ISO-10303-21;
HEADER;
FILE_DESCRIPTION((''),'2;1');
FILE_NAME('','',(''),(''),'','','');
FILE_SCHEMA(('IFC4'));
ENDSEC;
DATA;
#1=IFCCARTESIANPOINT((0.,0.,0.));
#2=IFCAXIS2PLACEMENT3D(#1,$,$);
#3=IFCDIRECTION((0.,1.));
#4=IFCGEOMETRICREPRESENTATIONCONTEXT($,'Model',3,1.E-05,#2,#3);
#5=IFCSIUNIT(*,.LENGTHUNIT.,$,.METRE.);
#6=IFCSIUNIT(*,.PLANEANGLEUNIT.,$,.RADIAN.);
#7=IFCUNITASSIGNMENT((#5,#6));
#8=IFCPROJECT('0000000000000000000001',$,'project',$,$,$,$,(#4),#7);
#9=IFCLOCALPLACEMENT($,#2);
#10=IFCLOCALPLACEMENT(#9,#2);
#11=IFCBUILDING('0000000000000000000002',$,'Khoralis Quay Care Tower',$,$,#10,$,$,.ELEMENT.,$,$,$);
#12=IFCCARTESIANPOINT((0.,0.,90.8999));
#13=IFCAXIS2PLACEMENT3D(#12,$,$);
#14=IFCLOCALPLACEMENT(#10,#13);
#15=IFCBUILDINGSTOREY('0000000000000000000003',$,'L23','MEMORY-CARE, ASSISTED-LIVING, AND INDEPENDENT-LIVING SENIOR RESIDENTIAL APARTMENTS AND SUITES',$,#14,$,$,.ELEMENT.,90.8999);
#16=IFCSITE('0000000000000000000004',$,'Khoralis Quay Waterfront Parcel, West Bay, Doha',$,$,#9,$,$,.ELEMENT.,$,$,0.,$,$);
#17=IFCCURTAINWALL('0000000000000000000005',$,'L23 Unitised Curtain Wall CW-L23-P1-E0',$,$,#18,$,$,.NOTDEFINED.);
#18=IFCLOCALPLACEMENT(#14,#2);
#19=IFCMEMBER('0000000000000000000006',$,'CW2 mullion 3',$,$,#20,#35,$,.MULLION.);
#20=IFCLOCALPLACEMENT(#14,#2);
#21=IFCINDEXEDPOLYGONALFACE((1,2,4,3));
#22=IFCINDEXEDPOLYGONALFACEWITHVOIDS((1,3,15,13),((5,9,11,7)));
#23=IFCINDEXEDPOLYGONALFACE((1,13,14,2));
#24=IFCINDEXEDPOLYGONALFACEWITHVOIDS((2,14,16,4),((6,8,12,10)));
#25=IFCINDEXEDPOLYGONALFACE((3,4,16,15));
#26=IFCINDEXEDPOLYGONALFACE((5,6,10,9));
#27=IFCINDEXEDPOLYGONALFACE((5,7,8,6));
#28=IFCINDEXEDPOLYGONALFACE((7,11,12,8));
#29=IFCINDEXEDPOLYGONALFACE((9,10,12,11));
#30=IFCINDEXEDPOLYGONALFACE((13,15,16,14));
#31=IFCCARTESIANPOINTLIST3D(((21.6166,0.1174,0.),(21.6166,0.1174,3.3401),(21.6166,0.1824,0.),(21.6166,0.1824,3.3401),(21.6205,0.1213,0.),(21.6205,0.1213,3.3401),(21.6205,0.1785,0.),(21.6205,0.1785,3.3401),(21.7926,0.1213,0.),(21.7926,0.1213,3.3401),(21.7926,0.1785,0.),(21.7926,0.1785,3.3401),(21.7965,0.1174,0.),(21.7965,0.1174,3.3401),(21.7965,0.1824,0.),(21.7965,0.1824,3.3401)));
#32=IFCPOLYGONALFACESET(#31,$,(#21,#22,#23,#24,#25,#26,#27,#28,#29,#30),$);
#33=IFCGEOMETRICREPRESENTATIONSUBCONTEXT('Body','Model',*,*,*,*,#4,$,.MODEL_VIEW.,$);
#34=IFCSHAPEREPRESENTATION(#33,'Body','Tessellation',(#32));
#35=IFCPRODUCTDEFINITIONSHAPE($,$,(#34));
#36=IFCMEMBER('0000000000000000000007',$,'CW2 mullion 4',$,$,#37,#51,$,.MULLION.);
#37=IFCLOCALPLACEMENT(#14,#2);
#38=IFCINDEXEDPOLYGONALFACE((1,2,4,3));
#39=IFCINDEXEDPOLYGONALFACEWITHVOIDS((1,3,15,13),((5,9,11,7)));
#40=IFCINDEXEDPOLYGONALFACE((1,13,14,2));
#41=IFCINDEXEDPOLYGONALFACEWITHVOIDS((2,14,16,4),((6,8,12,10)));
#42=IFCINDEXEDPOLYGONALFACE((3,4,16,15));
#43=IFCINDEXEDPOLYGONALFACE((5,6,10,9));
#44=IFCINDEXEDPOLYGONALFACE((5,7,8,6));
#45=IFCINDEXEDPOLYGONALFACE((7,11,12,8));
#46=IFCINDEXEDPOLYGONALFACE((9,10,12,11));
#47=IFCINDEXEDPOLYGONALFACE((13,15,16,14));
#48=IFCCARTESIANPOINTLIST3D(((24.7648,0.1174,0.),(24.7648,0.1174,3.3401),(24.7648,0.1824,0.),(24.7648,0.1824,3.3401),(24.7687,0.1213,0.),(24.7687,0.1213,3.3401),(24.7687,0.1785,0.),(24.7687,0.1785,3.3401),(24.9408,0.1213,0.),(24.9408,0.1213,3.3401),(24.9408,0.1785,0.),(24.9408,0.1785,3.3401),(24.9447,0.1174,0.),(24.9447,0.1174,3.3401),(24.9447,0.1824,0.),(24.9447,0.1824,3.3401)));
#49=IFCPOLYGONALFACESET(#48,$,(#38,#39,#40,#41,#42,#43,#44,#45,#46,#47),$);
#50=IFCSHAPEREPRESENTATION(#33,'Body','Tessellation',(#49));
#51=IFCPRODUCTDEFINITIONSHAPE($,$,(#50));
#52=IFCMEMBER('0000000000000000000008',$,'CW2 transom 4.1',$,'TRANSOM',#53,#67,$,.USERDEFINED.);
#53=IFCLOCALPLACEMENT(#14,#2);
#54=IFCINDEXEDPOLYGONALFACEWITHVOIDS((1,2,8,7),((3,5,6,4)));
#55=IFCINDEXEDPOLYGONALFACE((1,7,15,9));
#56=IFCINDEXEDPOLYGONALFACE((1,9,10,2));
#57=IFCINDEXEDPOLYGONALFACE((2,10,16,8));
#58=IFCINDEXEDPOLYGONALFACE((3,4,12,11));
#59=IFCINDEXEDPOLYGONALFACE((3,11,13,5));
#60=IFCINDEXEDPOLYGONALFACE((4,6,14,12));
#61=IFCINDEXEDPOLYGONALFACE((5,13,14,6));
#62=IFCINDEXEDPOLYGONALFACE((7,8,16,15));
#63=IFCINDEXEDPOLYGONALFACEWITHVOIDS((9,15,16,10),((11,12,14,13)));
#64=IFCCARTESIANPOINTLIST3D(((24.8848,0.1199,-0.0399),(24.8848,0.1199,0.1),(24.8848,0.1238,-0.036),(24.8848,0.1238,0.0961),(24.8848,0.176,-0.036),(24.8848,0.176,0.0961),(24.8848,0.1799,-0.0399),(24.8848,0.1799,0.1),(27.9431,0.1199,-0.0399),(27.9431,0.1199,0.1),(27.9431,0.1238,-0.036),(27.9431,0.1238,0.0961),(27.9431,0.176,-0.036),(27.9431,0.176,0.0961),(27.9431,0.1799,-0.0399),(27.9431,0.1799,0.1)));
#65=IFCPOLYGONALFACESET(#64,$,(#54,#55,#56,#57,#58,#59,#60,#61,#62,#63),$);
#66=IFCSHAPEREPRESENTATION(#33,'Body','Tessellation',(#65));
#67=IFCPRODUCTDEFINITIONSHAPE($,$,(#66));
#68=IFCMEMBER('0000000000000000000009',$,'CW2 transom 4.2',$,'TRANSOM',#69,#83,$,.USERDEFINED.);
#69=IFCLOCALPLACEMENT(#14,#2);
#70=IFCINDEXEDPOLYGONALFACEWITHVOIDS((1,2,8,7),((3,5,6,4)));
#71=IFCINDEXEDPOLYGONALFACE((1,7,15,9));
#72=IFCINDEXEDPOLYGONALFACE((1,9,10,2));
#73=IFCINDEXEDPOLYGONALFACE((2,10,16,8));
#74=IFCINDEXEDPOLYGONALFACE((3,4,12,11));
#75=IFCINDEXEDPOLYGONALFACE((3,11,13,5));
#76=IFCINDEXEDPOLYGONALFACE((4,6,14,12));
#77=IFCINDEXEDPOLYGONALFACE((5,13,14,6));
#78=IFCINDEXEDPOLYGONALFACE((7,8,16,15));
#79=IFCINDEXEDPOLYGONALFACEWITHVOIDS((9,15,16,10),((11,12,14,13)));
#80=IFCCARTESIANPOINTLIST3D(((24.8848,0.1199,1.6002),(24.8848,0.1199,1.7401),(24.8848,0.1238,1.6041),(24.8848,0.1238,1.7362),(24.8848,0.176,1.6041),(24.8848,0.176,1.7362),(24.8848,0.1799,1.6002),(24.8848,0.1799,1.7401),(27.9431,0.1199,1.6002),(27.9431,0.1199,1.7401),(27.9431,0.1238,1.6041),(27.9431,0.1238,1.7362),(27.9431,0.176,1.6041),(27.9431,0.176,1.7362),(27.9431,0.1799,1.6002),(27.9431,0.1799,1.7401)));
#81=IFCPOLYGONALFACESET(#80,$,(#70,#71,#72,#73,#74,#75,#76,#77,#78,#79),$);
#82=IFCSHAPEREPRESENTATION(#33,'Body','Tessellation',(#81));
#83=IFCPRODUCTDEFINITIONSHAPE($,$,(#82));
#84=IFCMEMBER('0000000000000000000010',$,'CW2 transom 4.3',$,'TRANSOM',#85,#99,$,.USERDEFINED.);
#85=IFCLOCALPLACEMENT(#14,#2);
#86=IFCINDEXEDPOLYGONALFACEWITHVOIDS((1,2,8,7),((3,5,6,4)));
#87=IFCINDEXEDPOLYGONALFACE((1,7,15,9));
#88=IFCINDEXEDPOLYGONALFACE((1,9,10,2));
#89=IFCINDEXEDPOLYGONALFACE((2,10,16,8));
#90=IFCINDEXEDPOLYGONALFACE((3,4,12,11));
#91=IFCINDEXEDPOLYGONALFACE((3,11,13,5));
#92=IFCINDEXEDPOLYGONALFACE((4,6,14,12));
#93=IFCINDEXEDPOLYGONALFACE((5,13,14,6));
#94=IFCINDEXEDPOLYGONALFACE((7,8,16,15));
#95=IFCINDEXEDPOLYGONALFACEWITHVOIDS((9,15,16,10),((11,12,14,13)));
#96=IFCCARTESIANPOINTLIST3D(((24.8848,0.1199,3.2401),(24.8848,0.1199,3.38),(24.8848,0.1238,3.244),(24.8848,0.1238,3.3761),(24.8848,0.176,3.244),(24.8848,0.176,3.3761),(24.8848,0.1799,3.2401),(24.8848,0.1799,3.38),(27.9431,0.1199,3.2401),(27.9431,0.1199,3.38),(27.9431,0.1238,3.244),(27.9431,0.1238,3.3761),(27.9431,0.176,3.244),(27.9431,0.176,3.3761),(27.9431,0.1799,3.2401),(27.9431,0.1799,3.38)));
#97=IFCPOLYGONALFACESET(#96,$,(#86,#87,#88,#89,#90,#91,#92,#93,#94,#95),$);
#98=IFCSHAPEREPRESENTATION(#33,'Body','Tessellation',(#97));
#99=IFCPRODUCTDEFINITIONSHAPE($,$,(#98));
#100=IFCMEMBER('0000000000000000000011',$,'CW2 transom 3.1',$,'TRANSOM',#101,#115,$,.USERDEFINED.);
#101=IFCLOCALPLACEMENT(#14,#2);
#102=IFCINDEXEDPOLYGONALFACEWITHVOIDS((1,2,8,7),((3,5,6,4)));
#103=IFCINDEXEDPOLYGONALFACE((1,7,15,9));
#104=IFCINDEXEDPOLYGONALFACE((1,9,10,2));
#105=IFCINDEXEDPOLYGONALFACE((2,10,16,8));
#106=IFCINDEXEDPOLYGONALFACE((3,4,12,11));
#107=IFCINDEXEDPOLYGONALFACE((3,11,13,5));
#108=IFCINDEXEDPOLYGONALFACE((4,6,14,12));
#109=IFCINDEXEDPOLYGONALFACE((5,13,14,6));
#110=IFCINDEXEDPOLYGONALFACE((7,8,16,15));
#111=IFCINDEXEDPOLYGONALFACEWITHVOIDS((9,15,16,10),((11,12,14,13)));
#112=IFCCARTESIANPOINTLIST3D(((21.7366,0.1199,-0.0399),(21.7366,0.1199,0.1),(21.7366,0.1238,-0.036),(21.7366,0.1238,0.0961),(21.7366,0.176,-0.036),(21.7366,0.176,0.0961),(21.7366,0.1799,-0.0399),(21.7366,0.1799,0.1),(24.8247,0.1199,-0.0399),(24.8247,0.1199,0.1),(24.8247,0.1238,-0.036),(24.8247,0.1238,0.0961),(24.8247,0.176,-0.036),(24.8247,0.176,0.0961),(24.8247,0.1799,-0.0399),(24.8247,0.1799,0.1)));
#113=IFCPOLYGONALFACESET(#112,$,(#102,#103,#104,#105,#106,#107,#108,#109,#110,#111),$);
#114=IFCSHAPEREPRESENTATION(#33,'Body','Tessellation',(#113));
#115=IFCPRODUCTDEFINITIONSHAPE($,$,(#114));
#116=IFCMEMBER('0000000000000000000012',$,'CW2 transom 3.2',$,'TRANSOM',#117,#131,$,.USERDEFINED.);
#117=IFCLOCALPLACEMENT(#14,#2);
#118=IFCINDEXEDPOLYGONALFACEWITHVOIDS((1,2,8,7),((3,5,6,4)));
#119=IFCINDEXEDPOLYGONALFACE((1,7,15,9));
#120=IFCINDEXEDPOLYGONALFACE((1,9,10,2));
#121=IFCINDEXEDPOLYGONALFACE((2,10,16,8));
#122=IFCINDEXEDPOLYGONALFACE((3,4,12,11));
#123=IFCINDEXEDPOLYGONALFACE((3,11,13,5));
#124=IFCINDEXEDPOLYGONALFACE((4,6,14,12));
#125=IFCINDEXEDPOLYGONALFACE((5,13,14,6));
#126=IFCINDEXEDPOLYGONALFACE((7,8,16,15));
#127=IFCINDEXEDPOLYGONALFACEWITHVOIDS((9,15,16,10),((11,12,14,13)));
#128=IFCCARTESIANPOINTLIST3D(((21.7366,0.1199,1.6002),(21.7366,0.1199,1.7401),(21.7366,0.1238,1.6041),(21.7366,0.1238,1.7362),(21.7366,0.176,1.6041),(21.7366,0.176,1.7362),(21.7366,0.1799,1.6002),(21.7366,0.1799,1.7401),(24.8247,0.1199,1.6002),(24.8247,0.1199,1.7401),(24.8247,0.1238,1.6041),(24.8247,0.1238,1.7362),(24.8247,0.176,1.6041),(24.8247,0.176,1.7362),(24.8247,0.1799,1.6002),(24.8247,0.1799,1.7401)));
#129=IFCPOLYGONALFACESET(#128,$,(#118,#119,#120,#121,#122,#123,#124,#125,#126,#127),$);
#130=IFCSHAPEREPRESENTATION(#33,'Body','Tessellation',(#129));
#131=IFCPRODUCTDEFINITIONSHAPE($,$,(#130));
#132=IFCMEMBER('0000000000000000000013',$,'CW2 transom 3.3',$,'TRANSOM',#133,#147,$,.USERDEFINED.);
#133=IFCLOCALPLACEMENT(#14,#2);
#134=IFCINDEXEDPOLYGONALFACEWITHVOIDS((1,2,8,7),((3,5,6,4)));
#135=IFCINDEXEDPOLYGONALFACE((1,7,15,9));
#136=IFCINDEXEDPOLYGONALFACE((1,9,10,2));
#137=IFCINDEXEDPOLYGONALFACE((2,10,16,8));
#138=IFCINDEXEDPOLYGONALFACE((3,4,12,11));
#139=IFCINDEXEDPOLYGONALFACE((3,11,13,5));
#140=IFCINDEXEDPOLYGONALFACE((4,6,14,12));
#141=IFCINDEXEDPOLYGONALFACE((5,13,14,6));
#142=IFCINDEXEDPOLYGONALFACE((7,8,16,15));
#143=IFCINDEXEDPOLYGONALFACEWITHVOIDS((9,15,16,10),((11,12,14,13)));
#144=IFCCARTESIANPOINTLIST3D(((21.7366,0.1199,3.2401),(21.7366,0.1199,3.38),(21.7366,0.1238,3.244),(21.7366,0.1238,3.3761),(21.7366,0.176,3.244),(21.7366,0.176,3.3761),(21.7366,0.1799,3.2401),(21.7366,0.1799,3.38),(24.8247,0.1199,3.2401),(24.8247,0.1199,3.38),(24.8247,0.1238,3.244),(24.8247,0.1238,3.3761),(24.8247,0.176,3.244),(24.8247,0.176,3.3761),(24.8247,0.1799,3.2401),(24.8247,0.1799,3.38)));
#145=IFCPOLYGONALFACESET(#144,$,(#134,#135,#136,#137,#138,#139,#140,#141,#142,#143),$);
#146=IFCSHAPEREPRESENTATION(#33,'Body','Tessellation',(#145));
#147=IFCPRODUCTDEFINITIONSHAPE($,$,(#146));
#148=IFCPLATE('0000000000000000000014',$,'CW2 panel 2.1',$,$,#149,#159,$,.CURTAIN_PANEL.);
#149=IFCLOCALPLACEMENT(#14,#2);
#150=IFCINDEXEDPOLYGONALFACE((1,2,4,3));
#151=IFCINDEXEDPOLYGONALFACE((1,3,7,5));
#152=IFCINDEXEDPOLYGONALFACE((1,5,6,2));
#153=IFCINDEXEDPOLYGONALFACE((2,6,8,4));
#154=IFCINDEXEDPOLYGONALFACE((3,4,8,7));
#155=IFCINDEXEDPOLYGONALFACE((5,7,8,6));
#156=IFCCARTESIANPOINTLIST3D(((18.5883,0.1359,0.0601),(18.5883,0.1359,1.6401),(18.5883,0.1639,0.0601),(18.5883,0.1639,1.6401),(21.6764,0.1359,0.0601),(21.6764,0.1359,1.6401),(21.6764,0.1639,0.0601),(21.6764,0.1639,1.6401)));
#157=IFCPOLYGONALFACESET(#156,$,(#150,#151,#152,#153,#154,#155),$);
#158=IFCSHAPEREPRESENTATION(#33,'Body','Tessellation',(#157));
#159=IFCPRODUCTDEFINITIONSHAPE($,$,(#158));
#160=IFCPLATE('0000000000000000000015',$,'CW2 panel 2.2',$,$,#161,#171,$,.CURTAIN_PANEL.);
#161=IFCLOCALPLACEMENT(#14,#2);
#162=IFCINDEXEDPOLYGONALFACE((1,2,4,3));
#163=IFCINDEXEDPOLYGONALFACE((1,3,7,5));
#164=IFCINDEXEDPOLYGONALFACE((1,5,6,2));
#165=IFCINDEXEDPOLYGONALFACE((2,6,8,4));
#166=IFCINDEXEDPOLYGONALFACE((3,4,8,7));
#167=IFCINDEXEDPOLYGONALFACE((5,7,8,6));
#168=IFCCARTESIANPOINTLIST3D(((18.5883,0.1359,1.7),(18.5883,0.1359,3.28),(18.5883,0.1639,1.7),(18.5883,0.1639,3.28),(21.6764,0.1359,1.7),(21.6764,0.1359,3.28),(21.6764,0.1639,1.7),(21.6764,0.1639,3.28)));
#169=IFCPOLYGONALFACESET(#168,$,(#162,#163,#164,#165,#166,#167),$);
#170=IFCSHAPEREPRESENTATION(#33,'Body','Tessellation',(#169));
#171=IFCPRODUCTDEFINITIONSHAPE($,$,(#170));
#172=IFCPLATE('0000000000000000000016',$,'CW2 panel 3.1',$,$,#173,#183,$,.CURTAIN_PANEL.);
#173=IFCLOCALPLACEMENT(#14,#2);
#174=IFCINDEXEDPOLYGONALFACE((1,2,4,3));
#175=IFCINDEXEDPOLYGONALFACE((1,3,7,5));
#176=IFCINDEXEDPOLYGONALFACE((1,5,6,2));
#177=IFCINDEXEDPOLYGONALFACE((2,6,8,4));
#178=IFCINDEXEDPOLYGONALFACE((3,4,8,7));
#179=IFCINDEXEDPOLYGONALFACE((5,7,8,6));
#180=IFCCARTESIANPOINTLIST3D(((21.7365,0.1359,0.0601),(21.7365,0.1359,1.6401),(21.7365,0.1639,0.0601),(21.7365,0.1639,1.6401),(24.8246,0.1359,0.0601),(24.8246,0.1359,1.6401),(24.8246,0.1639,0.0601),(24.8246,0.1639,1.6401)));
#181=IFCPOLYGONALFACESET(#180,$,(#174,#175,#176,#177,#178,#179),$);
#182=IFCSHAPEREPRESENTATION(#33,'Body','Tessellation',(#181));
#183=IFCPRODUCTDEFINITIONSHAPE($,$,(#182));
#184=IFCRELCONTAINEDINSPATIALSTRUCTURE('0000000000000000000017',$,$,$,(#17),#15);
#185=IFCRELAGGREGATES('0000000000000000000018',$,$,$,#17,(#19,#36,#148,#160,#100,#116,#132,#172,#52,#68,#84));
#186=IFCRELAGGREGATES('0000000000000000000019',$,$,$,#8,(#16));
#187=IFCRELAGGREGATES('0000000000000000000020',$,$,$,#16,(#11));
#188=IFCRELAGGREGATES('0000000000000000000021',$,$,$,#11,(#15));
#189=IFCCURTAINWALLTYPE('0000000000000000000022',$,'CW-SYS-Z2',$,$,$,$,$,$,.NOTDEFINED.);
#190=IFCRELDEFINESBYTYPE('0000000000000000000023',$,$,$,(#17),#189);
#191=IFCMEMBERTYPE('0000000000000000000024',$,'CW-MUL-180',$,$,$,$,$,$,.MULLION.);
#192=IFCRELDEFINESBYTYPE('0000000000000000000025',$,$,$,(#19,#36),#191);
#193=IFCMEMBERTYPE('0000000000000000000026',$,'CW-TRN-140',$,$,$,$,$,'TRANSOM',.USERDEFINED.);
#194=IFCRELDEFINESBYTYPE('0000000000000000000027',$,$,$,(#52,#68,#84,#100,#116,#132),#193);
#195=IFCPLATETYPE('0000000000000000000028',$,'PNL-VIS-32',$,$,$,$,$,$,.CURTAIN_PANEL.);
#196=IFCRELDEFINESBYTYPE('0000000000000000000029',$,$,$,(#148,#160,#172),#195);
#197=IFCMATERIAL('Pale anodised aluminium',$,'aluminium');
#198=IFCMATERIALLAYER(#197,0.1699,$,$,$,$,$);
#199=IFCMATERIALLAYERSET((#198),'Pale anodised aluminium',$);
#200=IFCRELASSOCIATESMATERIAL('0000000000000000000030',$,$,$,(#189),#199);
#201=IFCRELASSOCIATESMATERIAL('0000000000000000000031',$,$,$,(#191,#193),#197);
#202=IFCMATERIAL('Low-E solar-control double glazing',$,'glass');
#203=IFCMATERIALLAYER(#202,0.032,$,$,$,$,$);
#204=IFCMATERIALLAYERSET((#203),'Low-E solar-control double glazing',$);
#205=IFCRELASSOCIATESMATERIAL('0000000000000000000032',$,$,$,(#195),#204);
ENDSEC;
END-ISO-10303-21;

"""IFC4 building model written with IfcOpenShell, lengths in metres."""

from ifc_helpers import new_model, si_unit, direction, frame, origin, origin_2d, place, context, subcontext, project, spatial, rectangle, hollow_rectangle, extrude, source, transform, mapped, material, layer, layer_set, material_profile, profile_set, type_object, element, aggregate, save


model = new_model("IFC4")

# Units and contexts
model_context = context("Model", 3, precision=1e-05, world=origin(), true_north=direction((0.0, 1.0)))
body_context = subcontext(model_context, "Body", "Model", "MODEL_VIEW")
ifc_project = project(units=[si_unit("LENGTHUNIT", "METRE"), si_unit("PLANEANGLEUNIT", "RADIAN")], contexts=[model_context])

# Site, building, storey
site_placement = place(None, origin())
site = spatial("IfcSite", under=ifc_project, at=site_placement, Name="Khoralis Quay Waterfront Parcel, West Bay, Doha", CompositionType="ELEMENT", RefElevation=0.0)
building_placement = place(site_placement, origin())
building = spatial("IfcBuilding", under=site, at=building_placement, Name="Khoralis Quay Care Tower", CompositionType="ELEMENT")
storey_placement = place(building_placement, frame((0.0, 0.0, 90.8999)))
storey = spatial("IfcBuildingStorey", under=building, at=storey_placement, Name="L23", Description="MEMORY-CARE, ASSISTED-LIVING, AND INDEPENDENT-LIVING SENIOR RESIDENTIAL APARTMENTS AND SUITES", CompositionType="ELEMENT", Elevation=90.8999)

# Curtain wall, members, plates
ifc_material_1 = material(Name="Pale anodised aluminium", Category="aluminium")
ifc_layer_1 = layer(ifc_material_1, 0.1699)
ifc_layer_set_1 = layer_set([ifc_layer_1], Name="Pale anodised aluminium")
curtain_wall_type = type_object("IfcCurtainWallType", Name="CW-SYS-Z2", PredefinedType="NOTDEFINED", material=ifc_layer_set_1)
curtain_wall_placement = place(storey_placement, origin())
curtain_wall = element("IfcCurtainWall", 1, at=curtain_wall_placement, inside=storey, type_object=curtain_wall_type, Name="L23 Unitised Curtain Wall CW-L23-P1-E0", PredefinedType="NOTDEFINED")
ifc_material_profile_1 = material_profile(ifc_material_1, hollow_rectangle(XDim=0.0649, YDim=0.1799, WallThickness=0.0039, at=origin_2d()), Name="Pale anodised aluminium")
ifc_profile_set_1 = profile_set([ifc_material_profile_1], Name="Pale anodised aluminium")
member_type_1 = type_object("IfcMemberType", Name="CW-MUL-180", PredefinedType="MULLION", material=ifc_profile_set_1)
shared_shape_1 = source(origin(), body_context, "Body", "SweptSolid", [
    extrude(hollow_rectangle(XDim=0.0649, YDim=0.1799, WallThickness=0.0039, at=origin_2d()), origin(), (0.0, 0.0, 1.0), 3.3401),
])
member_1_placement = place(storey_placement, frame((21.7065, 0.1499, 0.0), z_axis=(0.0, 0.0, 1.0), x_axis=(0.0, 1.0, 0.0)))
member_1 = element("IfcMember", 2, at=member_1_placement, type_object=member_type_1, Name="CW2 mullion 3", PredefinedType="MULLION", context=body_context, shape_type="MappedRepresentation", body=[
    mapped(shared_shape_1, transform((0.0, 0.0, 0.0), scale=1.0)),
])
member_2_placement = place(storey_placement, frame((24.8547, 0.1499, 0.0), z_axis=(0.0, 0.0, 1.0), x_axis=(0.0, 1.0, 0.0)))
member_2 = element("IfcMember", 3, at=member_2_placement, type_object=member_type_1, Name="CW2 mullion 4", PredefinedType="MULLION", context=body_context, shape_type="MappedRepresentation", body=[
    mapped(shared_shape_1, transform((0.0, 0.0, 0.0), scale=1.0)),
])
ifc_material_profile_2 = material_profile(ifc_material_1, hollow_rectangle(XDim=0.0601, YDim=0.1399, WallThickness=0.0039, at=origin_2d()), Name="Pale anodised aluminium")
ifc_profile_set_2 = profile_set([ifc_material_profile_2], Name="Pale anodised aluminium")
member_type_2 = type_object("IfcMemberType", Name="CW-TRN-140", ElementType="TRANSOM", PredefinedType="USERDEFINED", material=ifc_profile_set_2)
shared_shape_2 = source(origin(), body_context, "Body", "SweptSolid", [
    extrude(hollow_rectangle(XDim=0.0601, YDim=0.1399, WallThickness=0.0039, at=origin_2d()), origin(), (0.0, 0.0, 1.0), 3.0583),
])
member_3_placement = place(storey_placement, frame((24.8848, 0.1499, 0.03), z_axis=(1.0, 0.0, 0.0), x_axis=(0.0, 1.0, 0.0)))
member_3 = element("IfcMember", 4, at=member_3_placement, type_object=member_type_2, Name="CW2 transom 4.1", ObjectType="TRANSOM", PredefinedType="USERDEFINED", context=body_context, shape_type="MappedRepresentation", body=[
    mapped(shared_shape_2, transform((0.0, 0.0, 0.0), scale=1.0)),
])
member_4_placement = place(storey_placement, frame((24.8848, 0.1499, 1.6702), z_axis=(1.0, 0.0, 0.0), x_axis=(0.0, 1.0, 0.0)))
member_4 = element("IfcMember", 5, at=member_4_placement, type_object=member_type_2, Name="CW2 transom 4.2", ObjectType="TRANSOM", PredefinedType="USERDEFINED", context=body_context, shape_type="MappedRepresentation", body=[
    mapped(shared_shape_2, transform((0.0, 0.0, 0.0), scale=1.0)),
])
member_5_placement = place(storey_placement, frame((24.8848, 0.1499, 3.3101), z_axis=(1.0, 0.0, 0.0), x_axis=(0.0, 1.0, 0.0)))
member_5 = element("IfcMember", 6, at=member_5_placement, type_object=member_type_2, Name="CW2 transom 4.3", ObjectType="TRANSOM", PredefinedType="USERDEFINED", context=body_context, shape_type="MappedRepresentation", body=[
    mapped(shared_shape_2, transform((0.0, 0.0, 0.0), scale=1.0)),
])
shared_shape_3 = source(origin(), body_context, "Body", "SweptSolid", [
    extrude(hollow_rectangle(XDim=0.0601, YDim=0.1399, WallThickness=0.0039, at=origin_2d()), origin(), (0.0, 0.0, 1.0), 3.0881),
])
member_6_placement = place(storey_placement, frame((21.7366, 0.1499, 0.03), z_axis=(1.0, 0.0, 0.0), x_axis=(0.0, 1.0, 0.0)))
member_6 = element("IfcMember", 7, at=member_6_placement, type_object=member_type_2, Name="CW2 transom 3.1", ObjectType="TRANSOM", PredefinedType="USERDEFINED", context=body_context, shape_type="MappedRepresentation", body=[
    mapped(shared_shape_3, transform((0.0, 0.0, 0.0), scale=1.0)),
])
member_7_placement = place(storey_placement, frame((21.7366, 0.1499, 1.6702), z_axis=(1.0, 0.0, 0.0), x_axis=(0.0, 1.0, 0.0)))
member_7 = element("IfcMember", 8, at=member_7_placement, type_object=member_type_2, Name="CW2 transom 3.2", ObjectType="TRANSOM", PredefinedType="USERDEFINED", context=body_context, shape_type="MappedRepresentation", body=[
    mapped(shared_shape_3, transform((0.0, 0.0, 0.0), scale=1.0)),
])
member_8_placement = place(storey_placement, frame((21.7366, 0.1499, 3.3101), z_axis=(1.0, 0.0, 0.0), x_axis=(0.0, 1.0, 0.0)))
member_8 = element("IfcMember", 9, at=member_8_placement, type_object=member_type_2, Name="CW2 transom 3.3", ObjectType="TRANSOM", PredefinedType="USERDEFINED", context=body_context, shape_type="MappedRepresentation", body=[
    mapped(shared_shape_3, transform((0.0, 0.0, 0.0), scale=1.0)),
])
ifc_material_2 = material(Name="Low-E solar-control double glazing", Category="glass")
ifc_layer_2 = layer(ifc_material_2, 0.032)
ifc_layer_set_2 = layer_set([ifc_layer_2], Name="Low-E solar-control double glazing")
plate_type = type_object("IfcPlateType", Name="PNL-VIS-32", PredefinedType="CURTAIN_PANEL", material=ifc_layer_set_2)
shared_shape_4 = source(origin(), body_context, "Body", "SweptSolid", [
    extrude(rectangle(XDim=3.0881, YDim=0.0281, at=origin_2d()), origin(), (0.0, 0.0, 1.0), 1.5801),
])
plate_1_placement = place(storey_placement, frame((20.1323, 0.1499, 0.0601), z_axis=(0.0, 0.0, 1.0), x_axis=(1.0, 0.0, 0.0)))
plate_1 = element("IfcPlate", 10, at=plate_1_placement, type_object=plate_type, Name="CW2 panel 2.1", PredefinedType="CURTAIN_PANEL", context=body_context, shape_type="MappedRepresentation", body=[
    mapped(shared_shape_4, transform((0.0, 0.0, 0.0), scale=1.0)),
])
plate_2_placement = place(storey_placement, frame((20.1323, 0.1499, 1.7), z_axis=(0.0, 0.0, 1.0), x_axis=(1.0, 0.0, 0.0)))
plate_2 = element("IfcPlate", 11, at=plate_2_placement, type_object=plate_type, Name="CW2 panel 2.2", PredefinedType="CURTAIN_PANEL", context=body_context, shape_type="MappedRepresentation", body=[
    mapped(shared_shape_4, transform((0.0, 0.0, 0.0), scale=1.0)),
])
plate_3_placement = place(storey_placement, frame((23.2805, 0.1499, 0.0601), z_axis=(0.0, 0.0, 1.0), x_axis=(1.0, 0.0, 0.0)))
plate_3 = element("IfcPlate", 12, at=plate_3_placement, type_object=plate_type, Name="CW2 panel 3.1", PredefinedType="CURTAIN_PANEL", context=body_context, shape_type="MappedRepresentation", body=[
    mapped(shared_shape_4, transform((0.0, 0.0, 0.0), scale=1.0)),
])
aggregate(curtain_wall, [member_1, member_2, plate_1, plate_2, member_6, member_7, member_8, plate_3, member_3, member_4, member_5])

save(model, "model.ifc")
